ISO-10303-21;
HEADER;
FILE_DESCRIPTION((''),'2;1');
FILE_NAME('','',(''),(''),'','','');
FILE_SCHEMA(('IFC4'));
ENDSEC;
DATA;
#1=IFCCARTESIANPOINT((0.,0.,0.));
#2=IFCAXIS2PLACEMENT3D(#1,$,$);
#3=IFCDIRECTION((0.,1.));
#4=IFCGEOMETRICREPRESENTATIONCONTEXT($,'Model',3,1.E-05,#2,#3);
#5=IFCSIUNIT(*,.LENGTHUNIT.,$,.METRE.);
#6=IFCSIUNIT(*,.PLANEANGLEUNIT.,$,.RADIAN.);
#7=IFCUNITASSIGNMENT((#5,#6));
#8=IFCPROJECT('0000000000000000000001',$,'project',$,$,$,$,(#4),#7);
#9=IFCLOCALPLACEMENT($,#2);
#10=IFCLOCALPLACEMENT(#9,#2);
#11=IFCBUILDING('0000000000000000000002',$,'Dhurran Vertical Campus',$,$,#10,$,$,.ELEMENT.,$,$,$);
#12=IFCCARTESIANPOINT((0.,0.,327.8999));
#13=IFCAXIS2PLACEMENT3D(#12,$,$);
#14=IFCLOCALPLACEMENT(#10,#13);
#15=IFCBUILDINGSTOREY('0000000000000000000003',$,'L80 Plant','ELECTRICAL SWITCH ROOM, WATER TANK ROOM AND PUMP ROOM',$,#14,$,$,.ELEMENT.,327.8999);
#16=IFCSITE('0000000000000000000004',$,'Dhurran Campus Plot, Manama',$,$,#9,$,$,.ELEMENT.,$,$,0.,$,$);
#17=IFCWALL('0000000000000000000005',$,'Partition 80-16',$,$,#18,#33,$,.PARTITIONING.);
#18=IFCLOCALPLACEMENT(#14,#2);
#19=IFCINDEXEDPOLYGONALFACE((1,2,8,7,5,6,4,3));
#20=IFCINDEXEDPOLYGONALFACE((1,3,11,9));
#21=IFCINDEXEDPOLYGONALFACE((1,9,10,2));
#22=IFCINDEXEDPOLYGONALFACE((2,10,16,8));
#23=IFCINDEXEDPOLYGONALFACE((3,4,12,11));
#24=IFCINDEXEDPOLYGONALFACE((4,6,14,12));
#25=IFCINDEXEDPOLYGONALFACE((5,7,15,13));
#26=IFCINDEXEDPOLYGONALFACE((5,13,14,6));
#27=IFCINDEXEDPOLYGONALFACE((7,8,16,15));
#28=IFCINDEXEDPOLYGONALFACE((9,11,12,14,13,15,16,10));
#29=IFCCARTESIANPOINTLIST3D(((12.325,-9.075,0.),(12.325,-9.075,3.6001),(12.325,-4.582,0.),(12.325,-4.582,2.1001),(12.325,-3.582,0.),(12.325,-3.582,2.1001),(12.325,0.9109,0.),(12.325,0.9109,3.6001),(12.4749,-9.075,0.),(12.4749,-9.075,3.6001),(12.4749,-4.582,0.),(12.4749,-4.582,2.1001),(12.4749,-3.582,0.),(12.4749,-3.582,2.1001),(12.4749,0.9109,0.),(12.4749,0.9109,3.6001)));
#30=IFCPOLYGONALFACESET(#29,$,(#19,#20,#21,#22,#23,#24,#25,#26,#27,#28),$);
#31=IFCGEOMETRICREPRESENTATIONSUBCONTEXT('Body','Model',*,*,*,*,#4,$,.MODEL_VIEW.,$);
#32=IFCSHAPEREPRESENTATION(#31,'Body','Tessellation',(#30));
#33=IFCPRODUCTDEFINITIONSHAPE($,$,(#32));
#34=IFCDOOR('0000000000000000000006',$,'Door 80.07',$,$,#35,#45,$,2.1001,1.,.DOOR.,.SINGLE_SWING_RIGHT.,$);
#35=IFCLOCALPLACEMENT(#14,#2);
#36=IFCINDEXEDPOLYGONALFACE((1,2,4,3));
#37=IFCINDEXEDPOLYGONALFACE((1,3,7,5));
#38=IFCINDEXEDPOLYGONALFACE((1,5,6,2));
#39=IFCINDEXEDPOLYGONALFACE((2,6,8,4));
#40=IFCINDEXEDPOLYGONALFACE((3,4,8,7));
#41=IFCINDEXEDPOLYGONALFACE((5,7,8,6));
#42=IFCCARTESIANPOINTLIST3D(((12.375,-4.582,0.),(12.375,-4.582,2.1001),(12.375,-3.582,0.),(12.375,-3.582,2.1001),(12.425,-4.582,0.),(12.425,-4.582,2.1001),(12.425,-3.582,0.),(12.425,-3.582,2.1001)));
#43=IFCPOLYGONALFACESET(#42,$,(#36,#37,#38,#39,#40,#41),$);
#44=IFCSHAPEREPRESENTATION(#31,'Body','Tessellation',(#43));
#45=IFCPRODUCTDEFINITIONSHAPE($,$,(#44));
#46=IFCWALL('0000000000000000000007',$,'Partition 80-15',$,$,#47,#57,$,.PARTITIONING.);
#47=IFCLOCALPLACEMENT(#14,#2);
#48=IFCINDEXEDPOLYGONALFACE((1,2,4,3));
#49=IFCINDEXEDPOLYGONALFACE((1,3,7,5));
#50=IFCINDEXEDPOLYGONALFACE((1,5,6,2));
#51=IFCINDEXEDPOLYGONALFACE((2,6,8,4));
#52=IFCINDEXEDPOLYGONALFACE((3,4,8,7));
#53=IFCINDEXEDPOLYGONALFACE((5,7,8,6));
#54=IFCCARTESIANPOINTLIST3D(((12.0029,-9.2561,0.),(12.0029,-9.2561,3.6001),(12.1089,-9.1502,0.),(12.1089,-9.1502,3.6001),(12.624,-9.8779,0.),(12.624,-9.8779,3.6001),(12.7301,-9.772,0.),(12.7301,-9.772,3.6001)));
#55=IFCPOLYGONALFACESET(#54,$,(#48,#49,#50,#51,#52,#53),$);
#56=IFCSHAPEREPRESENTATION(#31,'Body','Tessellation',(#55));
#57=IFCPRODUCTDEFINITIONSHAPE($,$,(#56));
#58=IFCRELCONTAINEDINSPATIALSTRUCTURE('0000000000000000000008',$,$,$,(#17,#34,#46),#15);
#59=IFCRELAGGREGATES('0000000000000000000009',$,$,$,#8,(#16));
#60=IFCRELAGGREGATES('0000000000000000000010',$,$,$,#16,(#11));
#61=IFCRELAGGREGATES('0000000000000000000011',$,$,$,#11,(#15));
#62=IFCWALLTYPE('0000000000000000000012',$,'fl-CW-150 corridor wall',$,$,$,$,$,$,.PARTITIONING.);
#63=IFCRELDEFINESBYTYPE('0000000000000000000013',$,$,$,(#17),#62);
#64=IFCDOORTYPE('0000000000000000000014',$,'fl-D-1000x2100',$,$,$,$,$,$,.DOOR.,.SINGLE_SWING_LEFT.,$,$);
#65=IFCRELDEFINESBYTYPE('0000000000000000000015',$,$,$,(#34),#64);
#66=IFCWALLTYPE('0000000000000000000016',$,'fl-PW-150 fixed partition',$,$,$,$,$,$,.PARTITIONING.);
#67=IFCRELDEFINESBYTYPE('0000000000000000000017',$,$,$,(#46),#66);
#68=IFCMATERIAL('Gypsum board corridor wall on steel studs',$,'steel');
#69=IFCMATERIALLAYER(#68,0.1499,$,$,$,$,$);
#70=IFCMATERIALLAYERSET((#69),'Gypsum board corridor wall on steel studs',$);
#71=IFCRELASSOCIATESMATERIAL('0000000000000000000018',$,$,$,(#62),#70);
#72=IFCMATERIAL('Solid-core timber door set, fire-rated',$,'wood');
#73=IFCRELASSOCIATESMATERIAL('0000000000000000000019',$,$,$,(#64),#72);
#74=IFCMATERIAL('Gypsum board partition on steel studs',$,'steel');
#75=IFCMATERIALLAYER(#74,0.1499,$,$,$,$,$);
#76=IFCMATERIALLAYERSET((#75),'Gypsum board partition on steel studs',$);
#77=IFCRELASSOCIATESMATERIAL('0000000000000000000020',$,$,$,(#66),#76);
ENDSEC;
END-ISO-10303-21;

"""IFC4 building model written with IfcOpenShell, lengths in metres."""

from ifc_helpers import new_model, si_unit, direction, frame, frame_2d, origin, place, context, subcontext, project, spatial, rectangle, extrude, material, layer, layer_set, type_object, element, fill, save


model = new_model("IFC4")

# Units and contexts
model_context = context("Model", 3, precision=1e-05, world=origin(), true_north=direction((0.0, 1.0)))
body_context = subcontext(model_context, "Body", "Model", "MODEL_VIEW")
ifc_project = project(units=[si_unit("LENGTHUNIT", "METRE"), si_unit("PLANEANGLEUNIT", "RADIAN")], contexts=[model_context])

# Site, building, storey
site_placement = place(None, origin())
site = spatial("IfcSite", under=ifc_project, at=site_placement, Name="Dhurran Campus Plot, Manama", CompositionType="ELEMENT", RefElevation=0.0)
building_placement = place(site_placement, origin())
building = spatial("IfcBuilding", under=site, at=building_placement, Name="Dhurran Vertical Campus", CompositionType="ELEMENT")
storey_placement = place(building_placement, frame((0.0, 0.0, 327.8999)))
storey = spatial("IfcBuildingStorey", under=building, at=storey_placement, Name="L80 Plant", Description="ELECTRICAL SWITCH ROOM, WATER TANK ROOM AND PUMP ROOM", CompositionType="ELEMENT", Elevation=327.8999)

# Shared definitions
ifc_material_1 = material(Name="Gypsum board corridor wall on steel studs", Category="steel")
ifc_layer_1 = layer(ifc_material_1, 0.1499)
ifc_layer_set_1 = layer_set([ifc_layer_1], Name="Gypsum board corridor wall on steel studs")
wall_type_1 = type_object("IfcWallType", Name="fl-CW-150 corridor wall", PredefinedType="PARTITIONING", material=ifc_layer_set_1)

# Wall, opening, door
wall_1_placement = place(storey_placement, frame((12.3999, -9.075, 0.0), z_axis=(0.0, 0.0, 1.0), x_axis=(0.0, 1.0, 0.0)))
wall_1 = element("IfcWall", 1, at=wall_1_placement, inside=storey, type_object=wall_type_1, Name="Partition 80-16", PredefinedType="PARTITIONING", context=body_context, shape_type="SweptSolid", body=[
    extrude(rectangle(XDim=9.9858, YDim=0.1499, at=frame_2d((4.9929, 0.0))), origin(), (0.0, 0.0, 1.0), 3.6001),
])
opening_1_placement = place(wall_1_placement, frame((4.4929, 0.0, 0.0)))
opening_1 = element("IfcOpeningElement", 2, at=opening_1_placement, cuts=wall_1, PredefinedType="OPENING", context=body_context, shape_type="SweptSolid", body=[
    extrude(rectangle(XDim=1.0, YDim=2.1001, at=frame_2d((0.5, 1.05))), frame((0.0, 0.085, 0.0), z_axis=(0.0, -1.0, 0.0), x_axis=(1.0, 0.0, 0.0)), (0.0, 0.0, 1.0), 0.1699),
])
ifc_material_2 = material(Name="Solid-core timber door set, fire-rated", Category="wood")
door_type_1 = type_object("IfcDoorType", Name="fl-D-1000x2100", OperationType="SINGLE_SWING_LEFT", PredefinedType="DOOR", material=ifc_material_2)
door_1_placement = place(opening_1_placement, origin())
door_1 = element("IfcDoor", 3, at=door_1_placement, inside=storey, type_object=door_type_1, Name="Door 80.07", OperationType="SINGLE_SWING_RIGHT", OverallHeight=2.1001, OverallWidth=1.0, PredefinedType="DOOR", context=body_context, shape_type="SweptSolid", body=[
    extrude(rectangle(XDim=1.0, YDim=2.1001, at=frame_2d((0.5, 1.05))), frame((0.0, 0.0249, 0.0), z_axis=(0.0, -1.0, 0.0), x_axis=(1.0, 0.0, 0.0)), (0.0, 0.0, 1.0), 0.05),
])
fill(opening_1, door_1)

# Wall
ifc_material_3 = material(Name="Gypsum board partition on steel studs", Category="steel")
ifc_layer_2 = layer(ifc_material_3, 0.1499)
ifc_layer_set_2 = layer_set([ifc_layer_2], Name="Gypsum board partition on steel studs")
wall_type_2 = type_object("IfcWallType", Name="fl-PW-150 fixed partition", PredefinedType="PARTITIONING", material=ifc_layer_set_2)
wall_2_placement = place(storey_placement, frame((12.0559, -9.2031, 0.0), z_axis=(0.0, 0.0, 1.0), x_axis=(0.70669, -0.707523, 0.0)))
element("IfcWall", 4, at=wall_2_placement, inside=storey, type_object=wall_type_2, Name="Partition 80-15", PredefinedType="PARTITIONING", context=body_context, shape_type="SweptSolid", body=[
    extrude(rectangle(XDim=0.8789, YDim=0.1499, at=frame_2d((0.4395, 0.0))), origin(), (0.0, 0.0, 1.0), 3.6001),
])

save(model, "model.ifc")
